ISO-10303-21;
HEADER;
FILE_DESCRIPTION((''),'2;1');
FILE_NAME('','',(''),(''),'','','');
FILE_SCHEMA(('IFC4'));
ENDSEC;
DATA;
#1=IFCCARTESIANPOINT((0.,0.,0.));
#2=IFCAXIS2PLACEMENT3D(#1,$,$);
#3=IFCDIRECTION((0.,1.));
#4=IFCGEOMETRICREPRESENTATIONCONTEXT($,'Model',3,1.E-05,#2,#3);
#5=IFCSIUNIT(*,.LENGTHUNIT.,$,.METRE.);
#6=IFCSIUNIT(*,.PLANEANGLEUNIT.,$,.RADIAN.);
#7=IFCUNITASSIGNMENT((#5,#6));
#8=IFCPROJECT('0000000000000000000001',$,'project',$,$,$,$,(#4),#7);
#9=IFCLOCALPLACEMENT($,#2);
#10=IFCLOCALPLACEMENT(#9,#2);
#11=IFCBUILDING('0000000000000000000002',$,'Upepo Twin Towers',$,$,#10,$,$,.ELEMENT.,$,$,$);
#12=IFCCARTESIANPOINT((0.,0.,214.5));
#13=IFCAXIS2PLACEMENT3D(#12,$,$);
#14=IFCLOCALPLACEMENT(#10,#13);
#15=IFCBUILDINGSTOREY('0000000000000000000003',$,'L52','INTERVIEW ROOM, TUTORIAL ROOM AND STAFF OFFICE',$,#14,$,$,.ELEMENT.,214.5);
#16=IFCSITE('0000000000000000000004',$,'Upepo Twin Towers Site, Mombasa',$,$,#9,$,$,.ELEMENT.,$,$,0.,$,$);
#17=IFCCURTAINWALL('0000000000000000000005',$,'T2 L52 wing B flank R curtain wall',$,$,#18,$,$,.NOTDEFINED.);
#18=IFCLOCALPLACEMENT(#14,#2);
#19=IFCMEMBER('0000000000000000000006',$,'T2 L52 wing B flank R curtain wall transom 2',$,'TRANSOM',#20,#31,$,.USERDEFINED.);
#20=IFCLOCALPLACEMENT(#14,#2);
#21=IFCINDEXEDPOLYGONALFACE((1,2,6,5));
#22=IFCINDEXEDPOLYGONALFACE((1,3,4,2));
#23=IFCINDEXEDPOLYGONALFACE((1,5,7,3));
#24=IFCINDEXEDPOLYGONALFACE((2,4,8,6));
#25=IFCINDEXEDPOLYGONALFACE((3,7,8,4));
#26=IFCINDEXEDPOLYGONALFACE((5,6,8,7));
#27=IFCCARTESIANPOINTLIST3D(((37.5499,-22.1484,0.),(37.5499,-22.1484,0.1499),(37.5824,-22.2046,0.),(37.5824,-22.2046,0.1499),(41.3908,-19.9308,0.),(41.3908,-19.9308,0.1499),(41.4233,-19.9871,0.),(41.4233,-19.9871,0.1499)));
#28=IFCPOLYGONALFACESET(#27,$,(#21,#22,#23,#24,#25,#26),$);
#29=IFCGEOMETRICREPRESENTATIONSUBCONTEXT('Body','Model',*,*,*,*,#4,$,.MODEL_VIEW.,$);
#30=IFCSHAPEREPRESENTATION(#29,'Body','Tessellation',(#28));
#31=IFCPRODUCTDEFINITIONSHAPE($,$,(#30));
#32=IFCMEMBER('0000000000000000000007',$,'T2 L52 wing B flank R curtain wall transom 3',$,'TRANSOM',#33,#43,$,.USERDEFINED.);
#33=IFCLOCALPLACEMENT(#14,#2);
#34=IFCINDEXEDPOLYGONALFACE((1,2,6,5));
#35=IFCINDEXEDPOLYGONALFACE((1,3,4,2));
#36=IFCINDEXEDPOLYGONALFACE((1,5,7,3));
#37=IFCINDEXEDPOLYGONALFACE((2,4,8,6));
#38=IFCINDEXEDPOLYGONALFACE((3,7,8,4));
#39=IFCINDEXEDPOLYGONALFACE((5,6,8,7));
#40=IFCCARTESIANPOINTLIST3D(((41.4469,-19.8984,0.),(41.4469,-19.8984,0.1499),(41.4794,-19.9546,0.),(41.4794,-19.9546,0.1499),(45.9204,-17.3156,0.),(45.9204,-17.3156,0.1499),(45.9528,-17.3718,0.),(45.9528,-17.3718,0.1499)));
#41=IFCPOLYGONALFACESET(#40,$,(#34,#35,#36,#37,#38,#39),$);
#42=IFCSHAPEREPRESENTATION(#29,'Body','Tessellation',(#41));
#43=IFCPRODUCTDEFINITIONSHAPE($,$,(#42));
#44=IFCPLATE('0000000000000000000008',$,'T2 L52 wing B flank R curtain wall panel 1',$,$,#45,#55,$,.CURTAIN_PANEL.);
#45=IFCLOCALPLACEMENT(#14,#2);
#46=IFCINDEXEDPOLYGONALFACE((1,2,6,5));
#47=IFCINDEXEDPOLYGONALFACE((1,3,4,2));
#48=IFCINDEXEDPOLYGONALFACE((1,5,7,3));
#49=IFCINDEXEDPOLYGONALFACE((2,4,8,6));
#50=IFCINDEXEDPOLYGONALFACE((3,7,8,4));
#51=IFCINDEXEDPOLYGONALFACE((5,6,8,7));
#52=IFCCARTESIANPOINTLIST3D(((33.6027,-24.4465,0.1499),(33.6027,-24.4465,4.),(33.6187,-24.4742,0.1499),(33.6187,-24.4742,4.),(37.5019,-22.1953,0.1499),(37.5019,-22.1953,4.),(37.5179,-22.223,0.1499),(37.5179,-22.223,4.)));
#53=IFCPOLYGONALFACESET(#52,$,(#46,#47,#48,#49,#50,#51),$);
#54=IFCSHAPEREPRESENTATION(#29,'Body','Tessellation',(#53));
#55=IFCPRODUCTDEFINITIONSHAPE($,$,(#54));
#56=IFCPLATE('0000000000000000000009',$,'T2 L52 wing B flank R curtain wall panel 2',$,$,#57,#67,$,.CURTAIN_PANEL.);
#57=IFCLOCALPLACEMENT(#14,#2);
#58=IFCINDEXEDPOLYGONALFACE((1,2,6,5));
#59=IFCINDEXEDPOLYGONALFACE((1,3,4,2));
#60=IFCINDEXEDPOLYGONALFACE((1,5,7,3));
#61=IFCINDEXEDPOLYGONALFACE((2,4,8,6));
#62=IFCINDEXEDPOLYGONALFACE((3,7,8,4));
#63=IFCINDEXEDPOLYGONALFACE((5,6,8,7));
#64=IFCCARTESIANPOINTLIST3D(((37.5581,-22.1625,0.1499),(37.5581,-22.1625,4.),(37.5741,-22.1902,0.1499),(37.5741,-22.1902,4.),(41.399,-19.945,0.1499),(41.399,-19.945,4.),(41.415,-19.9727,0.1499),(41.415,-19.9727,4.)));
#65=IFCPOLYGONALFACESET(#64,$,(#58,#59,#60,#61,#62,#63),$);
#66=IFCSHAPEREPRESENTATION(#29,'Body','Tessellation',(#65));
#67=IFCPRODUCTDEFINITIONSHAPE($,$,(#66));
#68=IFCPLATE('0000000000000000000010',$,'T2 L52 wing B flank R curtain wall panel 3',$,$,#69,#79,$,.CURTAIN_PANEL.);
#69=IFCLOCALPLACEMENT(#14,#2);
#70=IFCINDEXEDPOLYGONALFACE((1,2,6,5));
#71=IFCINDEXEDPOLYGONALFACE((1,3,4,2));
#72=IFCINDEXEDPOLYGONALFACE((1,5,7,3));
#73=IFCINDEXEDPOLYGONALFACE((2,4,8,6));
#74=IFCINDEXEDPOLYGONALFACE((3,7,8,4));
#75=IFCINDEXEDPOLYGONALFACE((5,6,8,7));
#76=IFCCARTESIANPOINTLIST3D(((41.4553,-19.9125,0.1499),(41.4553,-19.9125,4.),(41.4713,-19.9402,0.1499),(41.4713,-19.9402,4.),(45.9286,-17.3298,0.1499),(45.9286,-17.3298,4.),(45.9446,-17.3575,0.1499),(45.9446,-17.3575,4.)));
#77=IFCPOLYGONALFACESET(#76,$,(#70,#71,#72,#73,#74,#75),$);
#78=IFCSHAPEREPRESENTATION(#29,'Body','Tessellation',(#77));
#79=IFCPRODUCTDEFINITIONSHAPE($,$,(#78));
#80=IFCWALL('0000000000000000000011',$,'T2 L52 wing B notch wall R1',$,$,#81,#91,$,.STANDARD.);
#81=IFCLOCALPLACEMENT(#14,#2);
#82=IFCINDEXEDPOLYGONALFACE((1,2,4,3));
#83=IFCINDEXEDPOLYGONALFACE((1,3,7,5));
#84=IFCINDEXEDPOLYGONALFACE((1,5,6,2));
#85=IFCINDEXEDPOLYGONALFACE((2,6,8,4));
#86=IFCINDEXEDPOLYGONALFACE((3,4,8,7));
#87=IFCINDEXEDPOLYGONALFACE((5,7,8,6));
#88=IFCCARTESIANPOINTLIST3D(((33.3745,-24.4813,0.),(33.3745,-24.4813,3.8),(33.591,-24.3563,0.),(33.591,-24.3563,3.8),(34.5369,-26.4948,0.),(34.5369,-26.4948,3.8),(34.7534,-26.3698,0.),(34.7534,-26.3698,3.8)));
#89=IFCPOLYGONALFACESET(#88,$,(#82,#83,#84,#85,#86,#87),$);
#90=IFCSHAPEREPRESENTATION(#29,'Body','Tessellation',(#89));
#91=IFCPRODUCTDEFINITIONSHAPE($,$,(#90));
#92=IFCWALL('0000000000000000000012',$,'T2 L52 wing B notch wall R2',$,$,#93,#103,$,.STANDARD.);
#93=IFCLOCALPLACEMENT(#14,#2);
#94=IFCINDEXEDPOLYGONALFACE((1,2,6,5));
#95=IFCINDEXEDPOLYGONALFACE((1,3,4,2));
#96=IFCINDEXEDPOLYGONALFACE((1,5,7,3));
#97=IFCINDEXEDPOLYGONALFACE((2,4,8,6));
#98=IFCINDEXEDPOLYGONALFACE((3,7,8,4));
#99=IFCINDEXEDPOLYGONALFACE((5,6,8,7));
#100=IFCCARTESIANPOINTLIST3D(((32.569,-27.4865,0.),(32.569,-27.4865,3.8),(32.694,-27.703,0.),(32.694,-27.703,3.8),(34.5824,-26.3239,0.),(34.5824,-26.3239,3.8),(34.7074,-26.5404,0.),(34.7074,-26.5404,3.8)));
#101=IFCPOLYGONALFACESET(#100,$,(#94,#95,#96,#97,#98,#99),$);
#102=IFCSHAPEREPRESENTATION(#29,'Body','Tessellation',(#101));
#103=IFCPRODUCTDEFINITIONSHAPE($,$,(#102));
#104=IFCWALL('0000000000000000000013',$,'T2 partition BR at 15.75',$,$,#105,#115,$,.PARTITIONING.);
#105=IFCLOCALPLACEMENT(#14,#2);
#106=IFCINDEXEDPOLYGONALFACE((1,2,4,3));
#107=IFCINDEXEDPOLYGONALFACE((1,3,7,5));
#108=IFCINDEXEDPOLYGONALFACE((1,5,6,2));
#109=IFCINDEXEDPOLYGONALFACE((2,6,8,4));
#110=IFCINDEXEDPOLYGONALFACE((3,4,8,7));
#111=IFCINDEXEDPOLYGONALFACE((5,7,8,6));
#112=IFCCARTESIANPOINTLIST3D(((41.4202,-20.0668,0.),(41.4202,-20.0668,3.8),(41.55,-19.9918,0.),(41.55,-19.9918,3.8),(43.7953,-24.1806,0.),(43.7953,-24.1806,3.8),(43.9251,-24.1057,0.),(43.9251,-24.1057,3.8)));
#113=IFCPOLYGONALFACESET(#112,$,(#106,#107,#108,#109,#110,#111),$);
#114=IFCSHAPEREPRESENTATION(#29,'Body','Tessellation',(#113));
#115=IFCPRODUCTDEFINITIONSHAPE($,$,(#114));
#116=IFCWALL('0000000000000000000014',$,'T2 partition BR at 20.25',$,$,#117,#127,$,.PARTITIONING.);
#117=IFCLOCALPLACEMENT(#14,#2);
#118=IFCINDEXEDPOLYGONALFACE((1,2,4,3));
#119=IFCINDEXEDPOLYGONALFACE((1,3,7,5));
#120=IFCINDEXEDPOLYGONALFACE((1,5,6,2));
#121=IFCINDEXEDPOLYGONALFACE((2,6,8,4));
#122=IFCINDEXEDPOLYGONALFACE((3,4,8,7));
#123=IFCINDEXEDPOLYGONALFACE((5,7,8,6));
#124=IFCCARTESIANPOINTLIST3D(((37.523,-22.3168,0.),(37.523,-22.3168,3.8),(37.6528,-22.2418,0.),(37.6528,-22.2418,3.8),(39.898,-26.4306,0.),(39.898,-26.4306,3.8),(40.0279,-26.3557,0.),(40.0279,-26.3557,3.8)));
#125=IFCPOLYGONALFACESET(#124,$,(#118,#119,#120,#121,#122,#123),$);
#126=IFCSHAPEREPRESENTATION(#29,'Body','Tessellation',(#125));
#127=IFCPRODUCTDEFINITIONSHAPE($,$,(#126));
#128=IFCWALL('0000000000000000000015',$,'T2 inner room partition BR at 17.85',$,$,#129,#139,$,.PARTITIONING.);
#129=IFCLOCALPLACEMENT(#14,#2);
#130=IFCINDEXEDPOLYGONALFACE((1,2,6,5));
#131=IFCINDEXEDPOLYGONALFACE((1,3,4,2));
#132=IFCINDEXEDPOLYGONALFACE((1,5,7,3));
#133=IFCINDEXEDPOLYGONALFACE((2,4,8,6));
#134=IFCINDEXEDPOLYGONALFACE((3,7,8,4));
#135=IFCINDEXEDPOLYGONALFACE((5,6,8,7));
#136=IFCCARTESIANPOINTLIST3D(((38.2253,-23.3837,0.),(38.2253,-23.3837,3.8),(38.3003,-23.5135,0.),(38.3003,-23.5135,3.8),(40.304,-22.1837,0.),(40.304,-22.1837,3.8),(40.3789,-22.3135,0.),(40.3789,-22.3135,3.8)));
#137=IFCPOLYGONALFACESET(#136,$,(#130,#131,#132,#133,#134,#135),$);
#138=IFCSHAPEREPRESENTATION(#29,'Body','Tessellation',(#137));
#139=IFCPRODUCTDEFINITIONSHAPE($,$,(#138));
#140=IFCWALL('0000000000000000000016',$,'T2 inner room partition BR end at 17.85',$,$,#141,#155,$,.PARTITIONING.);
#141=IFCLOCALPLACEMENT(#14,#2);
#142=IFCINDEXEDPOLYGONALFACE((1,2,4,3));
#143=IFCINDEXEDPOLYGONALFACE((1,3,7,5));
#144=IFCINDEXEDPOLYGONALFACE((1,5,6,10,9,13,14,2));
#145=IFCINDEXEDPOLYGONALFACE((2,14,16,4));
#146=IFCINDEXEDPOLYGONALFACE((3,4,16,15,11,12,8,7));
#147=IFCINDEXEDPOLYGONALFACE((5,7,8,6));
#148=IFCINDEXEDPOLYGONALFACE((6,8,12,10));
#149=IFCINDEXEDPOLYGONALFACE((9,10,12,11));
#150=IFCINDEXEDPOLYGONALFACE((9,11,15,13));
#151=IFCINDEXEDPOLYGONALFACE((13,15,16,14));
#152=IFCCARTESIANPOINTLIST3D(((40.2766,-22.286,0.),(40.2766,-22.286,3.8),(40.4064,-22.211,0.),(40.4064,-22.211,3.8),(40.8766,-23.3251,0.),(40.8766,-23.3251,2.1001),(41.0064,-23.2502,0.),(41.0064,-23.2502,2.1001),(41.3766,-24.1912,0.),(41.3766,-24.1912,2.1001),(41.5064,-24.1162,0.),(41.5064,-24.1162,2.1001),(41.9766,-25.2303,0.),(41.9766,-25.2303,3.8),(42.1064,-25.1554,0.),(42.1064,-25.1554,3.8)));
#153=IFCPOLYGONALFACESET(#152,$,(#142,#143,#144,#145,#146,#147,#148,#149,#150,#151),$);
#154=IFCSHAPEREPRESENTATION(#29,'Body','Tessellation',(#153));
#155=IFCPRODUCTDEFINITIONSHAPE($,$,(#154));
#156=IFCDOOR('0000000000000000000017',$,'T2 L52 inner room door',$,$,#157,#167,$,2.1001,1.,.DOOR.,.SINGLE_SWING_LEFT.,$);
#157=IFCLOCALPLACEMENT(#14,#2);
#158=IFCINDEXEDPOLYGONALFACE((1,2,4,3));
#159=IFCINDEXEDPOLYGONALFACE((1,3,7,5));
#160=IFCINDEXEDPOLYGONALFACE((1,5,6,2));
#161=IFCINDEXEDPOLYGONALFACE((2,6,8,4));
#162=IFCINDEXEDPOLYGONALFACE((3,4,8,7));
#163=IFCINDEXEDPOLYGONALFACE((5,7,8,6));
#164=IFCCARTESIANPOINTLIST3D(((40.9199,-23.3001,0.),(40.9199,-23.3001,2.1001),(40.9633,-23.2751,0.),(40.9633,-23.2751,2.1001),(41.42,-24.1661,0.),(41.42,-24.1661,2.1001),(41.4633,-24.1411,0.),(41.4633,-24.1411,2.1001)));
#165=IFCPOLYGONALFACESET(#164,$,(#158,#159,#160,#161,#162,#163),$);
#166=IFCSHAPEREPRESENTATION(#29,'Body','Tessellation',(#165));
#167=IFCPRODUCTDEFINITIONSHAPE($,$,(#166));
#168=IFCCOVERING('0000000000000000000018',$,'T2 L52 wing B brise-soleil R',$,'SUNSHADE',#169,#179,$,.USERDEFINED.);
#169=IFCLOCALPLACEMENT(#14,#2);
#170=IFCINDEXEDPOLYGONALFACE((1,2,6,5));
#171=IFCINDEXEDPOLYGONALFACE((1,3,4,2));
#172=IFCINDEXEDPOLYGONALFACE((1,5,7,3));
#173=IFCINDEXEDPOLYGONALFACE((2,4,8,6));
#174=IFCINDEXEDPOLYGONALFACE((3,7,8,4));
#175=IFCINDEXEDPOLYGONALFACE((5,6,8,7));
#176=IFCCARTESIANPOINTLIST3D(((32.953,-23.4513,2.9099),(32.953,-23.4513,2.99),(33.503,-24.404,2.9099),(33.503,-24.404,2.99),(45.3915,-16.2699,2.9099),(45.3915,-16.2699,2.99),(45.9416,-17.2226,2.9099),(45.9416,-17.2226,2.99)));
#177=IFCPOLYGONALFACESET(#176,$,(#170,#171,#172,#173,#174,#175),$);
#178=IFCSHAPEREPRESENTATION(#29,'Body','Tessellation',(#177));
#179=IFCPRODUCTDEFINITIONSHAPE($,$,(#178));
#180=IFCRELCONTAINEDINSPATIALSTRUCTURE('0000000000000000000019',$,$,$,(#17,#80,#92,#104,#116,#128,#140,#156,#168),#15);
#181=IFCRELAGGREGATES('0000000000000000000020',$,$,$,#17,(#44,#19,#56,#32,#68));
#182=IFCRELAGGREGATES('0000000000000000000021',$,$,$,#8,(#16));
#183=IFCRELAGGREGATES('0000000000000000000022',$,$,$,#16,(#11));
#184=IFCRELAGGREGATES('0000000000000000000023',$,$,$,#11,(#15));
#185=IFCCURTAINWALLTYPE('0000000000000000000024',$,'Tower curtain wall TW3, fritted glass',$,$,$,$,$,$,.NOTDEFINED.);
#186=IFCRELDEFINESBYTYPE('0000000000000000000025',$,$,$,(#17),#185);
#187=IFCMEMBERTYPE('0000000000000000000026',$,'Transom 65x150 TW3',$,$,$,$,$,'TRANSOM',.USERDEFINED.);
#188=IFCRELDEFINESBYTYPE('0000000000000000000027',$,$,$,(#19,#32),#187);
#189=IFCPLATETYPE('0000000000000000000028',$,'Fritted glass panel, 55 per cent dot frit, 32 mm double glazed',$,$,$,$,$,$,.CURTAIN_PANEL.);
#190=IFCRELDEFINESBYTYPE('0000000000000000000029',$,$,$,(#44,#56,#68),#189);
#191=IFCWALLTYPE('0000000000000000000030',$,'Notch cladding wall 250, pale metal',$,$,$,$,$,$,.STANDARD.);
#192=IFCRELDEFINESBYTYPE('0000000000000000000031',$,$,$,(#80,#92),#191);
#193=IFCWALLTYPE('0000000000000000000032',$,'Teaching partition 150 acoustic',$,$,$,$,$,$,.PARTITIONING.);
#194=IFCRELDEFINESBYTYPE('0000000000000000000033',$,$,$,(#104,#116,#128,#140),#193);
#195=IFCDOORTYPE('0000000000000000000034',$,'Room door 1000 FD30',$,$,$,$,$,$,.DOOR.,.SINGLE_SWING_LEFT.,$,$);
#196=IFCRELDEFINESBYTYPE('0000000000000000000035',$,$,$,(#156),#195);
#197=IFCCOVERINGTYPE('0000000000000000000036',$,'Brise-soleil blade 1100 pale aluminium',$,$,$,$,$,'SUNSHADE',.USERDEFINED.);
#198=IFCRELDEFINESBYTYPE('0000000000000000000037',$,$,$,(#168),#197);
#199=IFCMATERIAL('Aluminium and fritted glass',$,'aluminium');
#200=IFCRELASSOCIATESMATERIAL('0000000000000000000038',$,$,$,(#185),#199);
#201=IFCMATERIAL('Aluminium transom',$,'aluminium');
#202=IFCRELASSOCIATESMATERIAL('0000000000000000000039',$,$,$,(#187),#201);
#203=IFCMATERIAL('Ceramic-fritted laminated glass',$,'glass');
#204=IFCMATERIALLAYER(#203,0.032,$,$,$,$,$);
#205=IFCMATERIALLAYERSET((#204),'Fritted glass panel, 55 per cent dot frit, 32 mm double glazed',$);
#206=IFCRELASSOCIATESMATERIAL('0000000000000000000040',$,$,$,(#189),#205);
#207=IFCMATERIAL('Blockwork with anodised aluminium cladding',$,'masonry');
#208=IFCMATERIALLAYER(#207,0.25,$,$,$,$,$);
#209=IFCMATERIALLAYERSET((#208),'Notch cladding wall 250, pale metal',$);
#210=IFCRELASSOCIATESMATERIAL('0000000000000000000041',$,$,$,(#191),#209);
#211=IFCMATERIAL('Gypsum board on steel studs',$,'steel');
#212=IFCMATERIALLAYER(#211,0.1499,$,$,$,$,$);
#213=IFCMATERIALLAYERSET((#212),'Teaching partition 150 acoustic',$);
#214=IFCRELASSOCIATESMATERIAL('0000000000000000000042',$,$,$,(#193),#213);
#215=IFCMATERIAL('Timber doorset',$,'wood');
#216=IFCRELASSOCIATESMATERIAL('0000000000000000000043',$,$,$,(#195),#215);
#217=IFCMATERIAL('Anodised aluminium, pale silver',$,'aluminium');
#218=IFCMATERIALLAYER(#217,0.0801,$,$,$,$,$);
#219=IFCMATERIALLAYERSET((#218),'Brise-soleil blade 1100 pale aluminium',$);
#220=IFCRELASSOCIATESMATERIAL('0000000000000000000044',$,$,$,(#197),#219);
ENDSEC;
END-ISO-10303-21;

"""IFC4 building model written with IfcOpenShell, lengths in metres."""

from ifc_helpers import new_model, si_unit, direction, frame, frame_2d, origin, origin_2d, place, context, subcontext, project, spatial, rectangle, extrude, material, layer, layer_set, material_profile, profile_set, type_object, element, fill, aggregate, save


model = new_model("IFC4")

# Units and contexts
model_context = context("Model", 3, precision=1e-05, world=origin(), true_north=direction((0.0, 1.0)))
body_context = subcontext(model_context, "Body", "Model", "MODEL_VIEW")
ifc_project = project(units=[si_unit("LENGTHUNIT", "METRE"), si_unit("PLANEANGLEUNIT", "RADIAN")], contexts=[model_context])

# Site, building, storey
site_placement = place(None, origin())
site = spatial("IfcSite", under=ifc_project, at=site_placement, Name="Upepo Twin Towers Site, Mombasa", CompositionType="ELEMENT", RefElevation=0.0)
building_placement = place(site_placement, origin())
building = spatial("IfcBuilding", under=site, at=building_placement, Name="Upepo Twin Towers", CompositionType="ELEMENT")
storey_placement = place(building_placement, frame((0.0, 0.0, 214.5)))
storey = spatial("IfcBuildingStorey", under=building, at=storey_placement, Name="L52", Description="INTERVIEW ROOM, TUTORIAL ROOM AND STAFF OFFICE", CompositionType="ELEMENT", Elevation=214.5)

# Curtain wall, members, plates
ifc_material_1 = material(Name="Aluminium and fritted glass", Category="aluminium")
curtain_wall_type = type_object("IfcCurtainWallType", Name="Tower curtain wall TW3, fritted glass", PredefinedType="NOTDEFINED", material=ifc_material_1)
curtain_wall_placement = place(storey_placement, origin())
curtain_wall = element("IfcCurtainWall", 1, at=curtain_wall_placement, inside=storey, type_object=curtain_wall_type, Name="T2 L52 wing B flank R curtain wall", PredefinedType="NOTDEFINED")
ifc_material_2 = material(Name="Aluminium transom", Category="aluminium")
ifc_material_profile_1 = material_profile(ifc_material_2, rectangle(XDim=0.0649, YDim=0.1499, at=origin_2d()), Name="TRANSOM 65x150")
ifc_profile_set_1 = profile_set([ifc_material_profile_1], Name="Aluminium transom")
member_type_1 = type_object("IfcMemberType", Name="Transom 65x150 TW3", ElementType="TRANSOM", PredefinedType="USERDEFINED", material=ifc_profile_set_1)
member_1_placement = place(storey_placement, frame((37.5662, -22.1765, 0.075), z_axis=(0.866022, 0.500005, 0.0), x_axis=(-0.500005, 0.866022, 0.0)))
member_1 = element("IfcMember", 2, at=member_1_placement, type_object=member_type_1, Name="T2 L52 wing B flank R curtain wall transom 2", ObjectType="TRANSOM", PredefinedType="USERDEFINED", context=body_context, shape_type="SweptSolid", body=[
    extrude(rectangle(XDim=0.0649, YDim=0.1499, at=origin_2d()), origin(), (0.0, 0.0, 1.0), 4.4351),
])
member_2_placement = place(storey_placement, frame((41.4631, -19.9265, 0.075), z_axis=(0.866021, 0.500007, 0.0), x_axis=(-0.500007, 0.866021, 0.0)))
member_2 = element("IfcMember", 3, at=member_2_placement, type_object=member_type_1, Name="T2 L52 wing B flank R curtain wall transom 3", ObjectType="TRANSOM", PredefinedType="USERDEFINED", context=body_context, shape_type="SweptSolid", body=[
    extrude(rectangle(XDim=0.0649, YDim=0.1499, at=origin_2d()), origin(), (0.0, 0.0, 1.0), 5.1655),
])
ifc_material_3 = material(Name="Ceramic-fritted laminated glass", Category="glass")
ifc_layer_1 = layer(ifc_material_3, 0.032)
ifc_layer_set_1 = layer_set([ifc_layer_1], Name="Fritted glass panel, 55 per cent dot frit, 32 mm double glazed")
plate_type = type_object("IfcPlateType", Name="Fritted glass panel, 55 per cent dot frit, 32 mm double glazed", PredefinedType="CURTAIN_PANEL", material=ifc_layer_set_1)
plate_1_placement = place(storey_placement, frame((35.5603, -23.3347, 0.1499), z_axis=(0.0, 0.0, 1.0), x_axis=(0.866025, 0.5, 0.0)))
plate_1 = element("IfcPlate", 4, at=plate_1_placement, type_object=plate_type, Name="T2 L52 wing B flank R curtain wall panel 1", PredefinedType="CURTAIN_PANEL", context=body_context, shape_type="SweptSolid", body=[
    extrude(rectangle(XDim=4.5024, YDim=0.032, at=origin_2d()), origin(), (0.0, 0.0, 1.0), 3.8501),
])
plate_2_placement = place(storey_placement, frame((39.4866, -21.0676, 0.1499), z_axis=(0.0, 0.0, 1.0), x_axis=(0.866025, 0.5, 0.0)))
plate_2 = element("IfcPlate", 5, at=plate_2_placement, type_object=plate_type, Name="T2 L52 wing B flank R curtain wall panel 2", PredefinedType="CURTAIN_PANEL", context=body_context, shape_type="SweptSolid", body=[
    extrude(rectangle(XDim=4.4351, YDim=0.032, at=origin_2d()), origin(), (0.0, 0.0, 1.0), 3.8501),
])
plate_3_placement = place(storey_placement, frame((43.7, -18.635, 0.1499), z_axis=(0.0, 0.0, 1.0), x_axis=(0.866025, 0.5, 0.0)))
plate_3 = element("IfcPlate", 6, at=plate_3_placement, type_object=plate_type, Name="T2 L52 wing B flank R curtain wall panel 3", PredefinedType="CURTAIN_PANEL", context=body_context, shape_type="SweptSolid", body=[
    extrude(rectangle(XDim=5.1653, YDim=0.032, at=origin_2d()), origin(), (0.0, 0.0, 1.0), 3.8501),
])
aggregate(curtain_wall, [plate_1, member_1, plate_2, member_2, plate_3])

# Walls
ifc_material_4 = material(Name="Blockwork with anodised aluminium cladding", Category="masonry")
ifc_layer_2 = layer(ifc_material_4, 0.25)
ifc_layer_set_2 = layer_set([ifc_layer_2], Name="Notch cladding wall 250, pale metal")
wall_type_1 = type_object("IfcWallType", Name="Notch cladding wall 250, pale metal", PredefinedType="STANDARD", material=ifc_layer_set_2)
for number, where, z_axis, x_axis, name in (
    (7, (33.4827, -24.4187, 0.0), (0.0, 0.0, 1.0), (0.499968, -0.866044, 0.0), "T2 L52 wing B notch wall R1"),
    (8, (34.645, -26.4321, 0.0), (0.0, 0.0, 1.0), (-0.865998, -0.500047, 0.0), "T2 L52 wing B notch wall R2"),
):
    element("IfcWall", number, at=place(storey_placement, frame(where, z_axis=z_axis, x_axis=x_axis)), inside=storey, type_object=wall_type_1, Name=name, PredefinedType="STANDARD", context=body_context, shape_type="SweptSolid", body=[
        extrude(rectangle(XDim=2.325, YDim=0.25, at=frame_2d((1.1626, 0.0))), origin(), (0.0, 0.0, 1.0), 3.8),
    ])
ifc_material_5 = material(Name="Gypsum board on steel studs", Category="steel")
ifc_layer_3 = layer(ifc_material_5, 0.1499)
ifc_layer_set_3 = layer_set([ifc_layer_3], Name="Teaching partition 150 acoustic")
wall_type_2 = type_object("IfcWallType", Name="Teaching partition 150 acoustic", PredefinedType="PARTITIONING", material=ifc_layer_set_3)
for number, where, z_axis, x_axis, name in (
    (9, (43.8601, -24.1431, 0.0), (0.0, 0.0, 1.0), (-0.499986, 0.866033, 0.0), "T2 partition BR at 15.75"),
    (10, (39.9629, -26.3931, 0.0), (0.0, 0.0, 1.0), (-0.499986, 0.866033, 0.0), "T2 partition BR at 20.25"),
):
    element("IfcWall", number, at=place(storey_placement, frame(where, z_axis=z_axis, x_axis=x_axis)), inside=storey, type_object=wall_type_2, Name=name, PredefinedType="PARTITIONING", context=body_context, shape_type="SweptSolid", body=[
        extrude(rectangle(XDim=4.7502, YDim=0.1499, at=frame_2d((2.375, 0.0))), origin(), (0.0, 0.0, 1.0), 3.8),
    ])
wall_1_placement = place(storey_placement, frame((40.3416, -22.2485, 0.0), z_axis=(0.0, 0.0, 1.0), x_axis=(-0.86605, -0.499957, 0.0)))
element("IfcWall", 11, at=wall_1_placement, inside=storey, type_object=wall_type_2, Name="T2 inner room partition BR at 17.85", PredefinedType="PARTITIONING", context=body_context, shape_type="SweptSolid", body=[
    extrude(rectangle(XDim=2.4001, YDim=0.1499, at=frame_2d((1.2002, 0.0))), origin(), (0.0, 0.0, 1.0), 3.8),
])

# Wall, opening, door
wall_2_placement = place(storey_placement, frame((42.0415, -25.1929, 0.0), z_axis=(0.0, 0.0, 1.0), x_axis=(-0.500008, 0.866021, 0.0)))
wall_2 = element("IfcWall", 12, at=wall_2_placement, inside=storey, type_object=wall_type_2, Name="T2 inner room partition BR end at 17.85", PredefinedType="PARTITIONING", context=body_context, shape_type="SweptSolid", body=[
    extrude(rectangle(XDim=3.3999, YDim=0.1499, at=frame_2d((1.7, 0.0))), origin(), (0.0, 0.0, 1.0), 3.8),
])
opening_placement = place(wall_2_placement, frame((1.2, 0.0, 0.0)))
opening = element("IfcOpeningElement", 13, at=opening_placement, cuts=wall_2, PredefinedType="OPENING", context=body_context, shape_type="SweptSolid", body=[
    extrude(rectangle(XDim=1.0, YDim=2.1001, at=frame_2d((0.5, 1.05))), frame((0.0, 0.085, 0.0), z_axis=(0.0, -1.0, 0.0), x_axis=(1.0, 0.0, 0.0)), (0.0, 0.0, 1.0), 0.1699),
])
ifc_material_6 = material(Name="Timber doorset", Category="wood")
door_type = type_object("IfcDoorType", Name="Room door 1000 FD30", OperationType="SINGLE_SWING_LEFT", PredefinedType="DOOR", material=ifc_material_6)
door_placement = place(opening_placement, origin())
door = element("IfcDoor", 14, at=door_placement, inside=storey, type_object=door_type, Name="T2 L52 inner room door", OperationType="SINGLE_SWING_LEFT", OverallHeight=2.1001, OverallWidth=1.0, PredefinedType="DOOR", context=body_context, shape_type="SweptSolid", body=[
    extrude(rectangle(XDim=1.0, YDim=2.1001, at=frame_2d((0.5, 1.05))), frame((0.0, 0.0249, 0.0), z_axis=(0.0, -1.0, 0.0), x_axis=(1.0, 0.0, 0.0)), (0.0, 0.0, 1.0), 0.05),
])
fill(opening, door)

# Covering
ifc_material_7 = material(Name="Anodised aluminium, pale silver", Category="aluminium")
ifc_layer_4 = layer(ifc_material_7, 0.0801)
ifc_layer_set_4 = layer_set([ifc_layer_4], Name="Brise-soleil blade 1100 pale aluminium")
covering_type = type_object("IfcCoveringType", Name="Brise-soleil blade 1100 pale aluminium", ElementType="SUNSHADE", PredefinedType="USERDEFINED", material=ifc_layer_set_4)
covering_placement = place(storey_placement, frame((39.4473, -20.3369, 2.9099), z_axis=(0.0, 0.0, 1.0), x_axis=(-0.866025, -0.5, 0.0)))
element("IfcCovering", 15, at=covering_placement, inside=storey, type_object=covering_type, Name="T2 L52 wing B brise-soleil R", ObjectType="SUNSHADE", PredefinedType="USERDEFINED", context=body_context, shape_type="SweptSolid", body=[
    extrude(rectangle(XDim=14.3628, YDim=1.1001, at=origin_2d()), origin(), (0.0, 0.0, 1.0), 0.0801),
])

save(model, "model.ifc")
